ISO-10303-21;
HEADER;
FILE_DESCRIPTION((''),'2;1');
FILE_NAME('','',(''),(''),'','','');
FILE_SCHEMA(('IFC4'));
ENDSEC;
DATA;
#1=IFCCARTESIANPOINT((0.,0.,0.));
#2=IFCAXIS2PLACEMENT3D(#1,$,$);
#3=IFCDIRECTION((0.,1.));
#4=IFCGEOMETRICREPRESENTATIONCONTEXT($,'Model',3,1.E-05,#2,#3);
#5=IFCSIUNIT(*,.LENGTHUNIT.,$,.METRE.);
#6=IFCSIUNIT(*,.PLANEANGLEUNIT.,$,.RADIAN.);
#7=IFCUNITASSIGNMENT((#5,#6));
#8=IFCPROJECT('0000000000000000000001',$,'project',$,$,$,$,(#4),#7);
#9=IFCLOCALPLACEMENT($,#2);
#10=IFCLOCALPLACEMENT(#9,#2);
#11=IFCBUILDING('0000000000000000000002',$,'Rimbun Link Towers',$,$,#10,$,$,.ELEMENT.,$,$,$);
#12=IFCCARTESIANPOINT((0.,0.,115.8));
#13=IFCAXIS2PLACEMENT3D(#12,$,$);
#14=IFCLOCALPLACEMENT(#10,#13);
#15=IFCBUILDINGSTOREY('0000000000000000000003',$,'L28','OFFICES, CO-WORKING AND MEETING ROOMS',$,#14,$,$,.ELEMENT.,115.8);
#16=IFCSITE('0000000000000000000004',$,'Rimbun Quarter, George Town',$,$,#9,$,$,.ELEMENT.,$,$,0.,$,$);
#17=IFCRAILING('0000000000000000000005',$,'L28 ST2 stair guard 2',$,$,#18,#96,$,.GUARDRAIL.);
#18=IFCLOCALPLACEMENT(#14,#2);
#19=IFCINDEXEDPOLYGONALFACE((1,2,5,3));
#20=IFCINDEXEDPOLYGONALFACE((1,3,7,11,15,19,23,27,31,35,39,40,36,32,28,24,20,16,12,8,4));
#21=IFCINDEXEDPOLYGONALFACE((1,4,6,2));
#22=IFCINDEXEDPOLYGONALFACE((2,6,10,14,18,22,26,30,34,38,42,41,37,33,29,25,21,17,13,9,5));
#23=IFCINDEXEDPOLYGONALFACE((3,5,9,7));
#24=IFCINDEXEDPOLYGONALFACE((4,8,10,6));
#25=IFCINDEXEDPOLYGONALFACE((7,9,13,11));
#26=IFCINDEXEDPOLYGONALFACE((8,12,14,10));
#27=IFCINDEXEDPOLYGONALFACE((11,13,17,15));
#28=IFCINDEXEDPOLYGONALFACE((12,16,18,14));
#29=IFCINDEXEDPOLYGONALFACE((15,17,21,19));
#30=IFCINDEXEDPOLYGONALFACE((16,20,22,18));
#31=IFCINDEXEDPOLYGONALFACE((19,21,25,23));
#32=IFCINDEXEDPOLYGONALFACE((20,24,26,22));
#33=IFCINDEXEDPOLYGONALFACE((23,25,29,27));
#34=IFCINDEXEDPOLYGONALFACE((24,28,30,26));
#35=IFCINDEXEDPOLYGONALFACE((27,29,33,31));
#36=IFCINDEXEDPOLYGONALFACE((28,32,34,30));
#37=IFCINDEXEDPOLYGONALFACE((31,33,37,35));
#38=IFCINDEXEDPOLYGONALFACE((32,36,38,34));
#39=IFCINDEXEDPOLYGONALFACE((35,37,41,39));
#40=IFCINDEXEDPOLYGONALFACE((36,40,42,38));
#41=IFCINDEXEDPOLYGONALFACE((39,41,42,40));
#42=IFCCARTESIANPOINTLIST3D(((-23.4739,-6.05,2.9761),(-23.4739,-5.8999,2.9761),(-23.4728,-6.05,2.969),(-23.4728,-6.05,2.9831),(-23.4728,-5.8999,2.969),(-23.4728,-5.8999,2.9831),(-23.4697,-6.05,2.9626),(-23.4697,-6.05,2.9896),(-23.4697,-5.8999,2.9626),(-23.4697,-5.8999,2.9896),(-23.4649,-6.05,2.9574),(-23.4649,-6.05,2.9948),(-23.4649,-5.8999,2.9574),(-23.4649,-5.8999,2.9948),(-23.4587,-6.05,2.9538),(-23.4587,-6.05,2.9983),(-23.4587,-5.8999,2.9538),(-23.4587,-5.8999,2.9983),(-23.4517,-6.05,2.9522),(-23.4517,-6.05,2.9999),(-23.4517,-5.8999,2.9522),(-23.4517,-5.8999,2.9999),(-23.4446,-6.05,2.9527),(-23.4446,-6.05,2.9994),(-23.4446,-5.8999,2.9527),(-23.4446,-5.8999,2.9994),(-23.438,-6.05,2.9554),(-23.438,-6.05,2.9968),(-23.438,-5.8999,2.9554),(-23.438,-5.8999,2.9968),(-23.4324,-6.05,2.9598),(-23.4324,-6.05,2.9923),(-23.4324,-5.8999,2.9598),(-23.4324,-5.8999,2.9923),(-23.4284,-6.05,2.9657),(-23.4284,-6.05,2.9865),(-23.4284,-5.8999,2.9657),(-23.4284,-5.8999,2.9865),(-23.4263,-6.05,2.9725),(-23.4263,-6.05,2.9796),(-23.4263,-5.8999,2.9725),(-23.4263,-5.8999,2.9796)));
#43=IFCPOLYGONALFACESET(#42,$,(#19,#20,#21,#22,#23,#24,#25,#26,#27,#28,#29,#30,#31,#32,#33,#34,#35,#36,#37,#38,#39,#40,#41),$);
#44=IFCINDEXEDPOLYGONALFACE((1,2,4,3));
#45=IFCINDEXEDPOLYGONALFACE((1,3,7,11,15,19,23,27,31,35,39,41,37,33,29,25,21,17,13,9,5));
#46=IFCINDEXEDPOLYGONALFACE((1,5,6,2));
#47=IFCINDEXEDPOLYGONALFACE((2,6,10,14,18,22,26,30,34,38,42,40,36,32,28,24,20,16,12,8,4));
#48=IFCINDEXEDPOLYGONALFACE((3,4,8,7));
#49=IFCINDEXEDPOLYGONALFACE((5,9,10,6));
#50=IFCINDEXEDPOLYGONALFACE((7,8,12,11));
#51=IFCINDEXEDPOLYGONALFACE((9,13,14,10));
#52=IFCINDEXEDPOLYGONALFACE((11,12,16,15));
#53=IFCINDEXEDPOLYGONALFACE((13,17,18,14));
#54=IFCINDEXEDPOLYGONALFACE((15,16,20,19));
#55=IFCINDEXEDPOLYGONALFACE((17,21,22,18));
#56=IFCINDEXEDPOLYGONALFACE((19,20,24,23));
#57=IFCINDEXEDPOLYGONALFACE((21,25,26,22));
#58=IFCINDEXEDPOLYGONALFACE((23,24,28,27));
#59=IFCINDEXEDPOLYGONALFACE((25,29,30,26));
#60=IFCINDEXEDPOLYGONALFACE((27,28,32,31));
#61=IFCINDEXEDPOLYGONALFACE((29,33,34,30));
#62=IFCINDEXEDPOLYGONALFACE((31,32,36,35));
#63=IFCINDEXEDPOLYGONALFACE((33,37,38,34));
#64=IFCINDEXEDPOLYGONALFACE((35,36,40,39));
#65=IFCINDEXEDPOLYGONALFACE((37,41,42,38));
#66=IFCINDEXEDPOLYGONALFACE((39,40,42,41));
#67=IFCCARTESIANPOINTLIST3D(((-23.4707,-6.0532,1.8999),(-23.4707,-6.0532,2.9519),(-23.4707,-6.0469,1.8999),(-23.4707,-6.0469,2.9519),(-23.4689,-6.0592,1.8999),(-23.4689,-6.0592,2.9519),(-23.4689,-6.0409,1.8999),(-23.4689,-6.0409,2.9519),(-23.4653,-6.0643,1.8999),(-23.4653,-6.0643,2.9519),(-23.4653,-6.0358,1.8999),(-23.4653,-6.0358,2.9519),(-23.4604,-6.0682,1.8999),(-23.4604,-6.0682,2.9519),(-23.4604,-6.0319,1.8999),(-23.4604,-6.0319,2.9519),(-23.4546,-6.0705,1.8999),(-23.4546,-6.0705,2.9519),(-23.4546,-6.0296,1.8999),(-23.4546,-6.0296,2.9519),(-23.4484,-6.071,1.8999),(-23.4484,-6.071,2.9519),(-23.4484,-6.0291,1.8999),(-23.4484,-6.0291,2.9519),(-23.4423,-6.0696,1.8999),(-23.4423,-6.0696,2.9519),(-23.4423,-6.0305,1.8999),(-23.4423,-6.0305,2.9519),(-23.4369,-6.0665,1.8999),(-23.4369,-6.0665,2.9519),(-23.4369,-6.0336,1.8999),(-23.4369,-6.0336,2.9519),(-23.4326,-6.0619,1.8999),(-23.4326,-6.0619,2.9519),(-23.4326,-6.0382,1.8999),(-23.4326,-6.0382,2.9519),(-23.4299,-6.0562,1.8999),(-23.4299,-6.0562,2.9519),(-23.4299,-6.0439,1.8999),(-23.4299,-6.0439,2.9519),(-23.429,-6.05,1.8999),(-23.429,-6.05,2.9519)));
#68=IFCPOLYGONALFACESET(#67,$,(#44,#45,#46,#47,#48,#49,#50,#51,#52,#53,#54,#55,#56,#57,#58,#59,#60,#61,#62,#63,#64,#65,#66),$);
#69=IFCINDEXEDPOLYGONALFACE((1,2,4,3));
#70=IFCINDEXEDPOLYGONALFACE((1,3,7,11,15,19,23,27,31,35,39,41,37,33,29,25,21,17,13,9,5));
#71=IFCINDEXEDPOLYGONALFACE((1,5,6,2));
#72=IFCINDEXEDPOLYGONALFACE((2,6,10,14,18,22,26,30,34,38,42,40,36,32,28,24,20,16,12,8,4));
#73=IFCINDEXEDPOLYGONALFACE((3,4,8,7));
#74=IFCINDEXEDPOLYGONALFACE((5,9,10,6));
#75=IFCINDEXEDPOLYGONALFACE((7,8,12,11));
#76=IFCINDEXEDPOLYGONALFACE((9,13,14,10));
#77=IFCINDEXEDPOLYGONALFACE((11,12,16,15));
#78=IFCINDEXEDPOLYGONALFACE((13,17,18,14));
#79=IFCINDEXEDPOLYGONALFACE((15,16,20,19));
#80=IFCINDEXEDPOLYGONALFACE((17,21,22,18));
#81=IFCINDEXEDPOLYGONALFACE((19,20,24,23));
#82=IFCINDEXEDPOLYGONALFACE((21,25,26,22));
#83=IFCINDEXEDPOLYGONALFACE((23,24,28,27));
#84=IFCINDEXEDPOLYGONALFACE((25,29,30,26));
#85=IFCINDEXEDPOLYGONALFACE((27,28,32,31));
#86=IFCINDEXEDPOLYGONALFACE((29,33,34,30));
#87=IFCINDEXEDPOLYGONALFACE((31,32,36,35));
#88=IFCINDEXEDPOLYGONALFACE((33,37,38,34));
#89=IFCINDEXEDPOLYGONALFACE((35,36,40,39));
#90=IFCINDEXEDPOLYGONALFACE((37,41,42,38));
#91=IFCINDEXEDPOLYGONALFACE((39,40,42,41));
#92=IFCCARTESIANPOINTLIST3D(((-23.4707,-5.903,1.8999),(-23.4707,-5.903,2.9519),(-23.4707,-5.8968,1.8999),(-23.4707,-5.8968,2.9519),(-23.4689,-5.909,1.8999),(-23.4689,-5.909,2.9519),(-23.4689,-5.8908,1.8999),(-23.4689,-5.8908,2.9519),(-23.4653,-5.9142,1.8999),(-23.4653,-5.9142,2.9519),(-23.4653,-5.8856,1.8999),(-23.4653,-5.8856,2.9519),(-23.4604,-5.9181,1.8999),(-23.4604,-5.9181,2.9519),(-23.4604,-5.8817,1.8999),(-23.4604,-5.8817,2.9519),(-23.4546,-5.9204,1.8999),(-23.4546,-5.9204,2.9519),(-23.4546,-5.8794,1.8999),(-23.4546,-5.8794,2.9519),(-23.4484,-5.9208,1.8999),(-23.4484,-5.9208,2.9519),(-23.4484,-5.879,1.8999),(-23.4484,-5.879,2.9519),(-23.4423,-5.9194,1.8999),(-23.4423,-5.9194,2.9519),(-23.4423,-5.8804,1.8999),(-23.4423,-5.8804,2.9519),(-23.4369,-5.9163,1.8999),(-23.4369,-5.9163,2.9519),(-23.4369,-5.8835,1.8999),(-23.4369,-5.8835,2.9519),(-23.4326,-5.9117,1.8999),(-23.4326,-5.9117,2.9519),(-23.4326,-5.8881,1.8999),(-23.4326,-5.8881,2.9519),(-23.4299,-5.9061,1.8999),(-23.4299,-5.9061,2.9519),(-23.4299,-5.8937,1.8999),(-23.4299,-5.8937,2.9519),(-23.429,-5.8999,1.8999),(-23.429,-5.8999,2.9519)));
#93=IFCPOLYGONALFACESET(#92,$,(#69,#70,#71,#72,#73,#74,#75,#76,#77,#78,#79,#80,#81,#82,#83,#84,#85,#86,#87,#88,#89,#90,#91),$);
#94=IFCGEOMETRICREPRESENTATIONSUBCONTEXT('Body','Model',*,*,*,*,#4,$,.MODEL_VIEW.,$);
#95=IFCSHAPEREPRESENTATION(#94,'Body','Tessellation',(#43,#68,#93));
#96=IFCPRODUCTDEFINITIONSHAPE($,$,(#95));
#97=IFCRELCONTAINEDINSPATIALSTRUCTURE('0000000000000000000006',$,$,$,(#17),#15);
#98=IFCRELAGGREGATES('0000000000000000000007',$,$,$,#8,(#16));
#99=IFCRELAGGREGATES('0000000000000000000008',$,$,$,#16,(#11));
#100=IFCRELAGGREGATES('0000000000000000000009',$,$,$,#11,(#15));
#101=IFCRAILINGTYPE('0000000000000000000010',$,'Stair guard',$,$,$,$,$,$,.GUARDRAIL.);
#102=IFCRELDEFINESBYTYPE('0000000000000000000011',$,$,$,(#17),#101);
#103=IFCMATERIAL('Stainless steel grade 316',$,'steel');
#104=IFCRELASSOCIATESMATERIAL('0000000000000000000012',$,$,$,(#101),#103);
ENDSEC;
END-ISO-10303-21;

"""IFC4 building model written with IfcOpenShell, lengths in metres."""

from ifc_helpers import new_model, si_unit, direction, frame, origin, origin_2d, place, context, subcontext, project, spatial, circle, extrude, material, type_object, element, save


model = new_model("IFC4")

# Units and contexts
model_context = context("Model", 3, precision=1e-05, world=origin(), true_north=direction((0.0, 1.0)))
body_context = subcontext(model_context, "Body", "Model", "MODEL_VIEW")
ifc_project = project(units=[si_unit("LENGTHUNIT", "METRE"), si_unit("PLANEANGLEUNIT", "RADIAN")], contexts=[model_context])

# Site, building, storey
site_placement = place(None, origin())
site = spatial("IfcSite", under=ifc_project, at=site_placement, Name="Rimbun Quarter, George Town", CompositionType="ELEMENT", RefElevation=0.0)
building_placement = place(site_placement, origin())
building = spatial("IfcBuilding", under=site, at=building_placement, Name="Rimbun Link Towers", CompositionType="ELEMENT")
storey_placement = place(building_placement, frame((0.0, 0.0, 115.8)))
storey = spatial("IfcBuildingStorey", under=building, at=storey_placement, Name="L28", Description="OFFICES, CO-WORKING AND MEETING ROOMS", CompositionType="ELEMENT", Elevation=115.8)

# Railing
ifc_material_1 = material(Name="Stainless steel grade 316", Category="steel")
railing_type_1 = type_object("IfcRailingType", Name="Stair guard", PredefinedType="GUARDRAIL", material=ifc_material_1)
railing_1_placement = place(storey_placement, frame((-23.45, -6.05, 1.8999)))
element("IfcRailing", 1, at=railing_1_placement, inside=storey, type_object=railing_type_1, Name="L28 ST2 stair guard 2", PredefinedType="GUARDRAIL", context=body_context, shape_type="SweptSolid", body=[
    extrude(circle(Radius=0.0239, at=origin_2d()), frame((0.0, 0.0, 1.0762), z_axis=(0.0, 1.0, 0.0), x_axis=(-1.0, 0.0, 0.0)), (0.0, 0.0, 1.0), 0.1501),
    extrude(circle(Radius=0.021, at=origin_2d()), origin(), (0.0, 0.0, 1.0), 1.052),
    extrude(circle(Radius=0.021, at=origin_2d()), frame((0.0, 0.1501, 0.0)), (0.0, 0.0, 1.0), 1.052),
])

save(model, "model.ifc")
